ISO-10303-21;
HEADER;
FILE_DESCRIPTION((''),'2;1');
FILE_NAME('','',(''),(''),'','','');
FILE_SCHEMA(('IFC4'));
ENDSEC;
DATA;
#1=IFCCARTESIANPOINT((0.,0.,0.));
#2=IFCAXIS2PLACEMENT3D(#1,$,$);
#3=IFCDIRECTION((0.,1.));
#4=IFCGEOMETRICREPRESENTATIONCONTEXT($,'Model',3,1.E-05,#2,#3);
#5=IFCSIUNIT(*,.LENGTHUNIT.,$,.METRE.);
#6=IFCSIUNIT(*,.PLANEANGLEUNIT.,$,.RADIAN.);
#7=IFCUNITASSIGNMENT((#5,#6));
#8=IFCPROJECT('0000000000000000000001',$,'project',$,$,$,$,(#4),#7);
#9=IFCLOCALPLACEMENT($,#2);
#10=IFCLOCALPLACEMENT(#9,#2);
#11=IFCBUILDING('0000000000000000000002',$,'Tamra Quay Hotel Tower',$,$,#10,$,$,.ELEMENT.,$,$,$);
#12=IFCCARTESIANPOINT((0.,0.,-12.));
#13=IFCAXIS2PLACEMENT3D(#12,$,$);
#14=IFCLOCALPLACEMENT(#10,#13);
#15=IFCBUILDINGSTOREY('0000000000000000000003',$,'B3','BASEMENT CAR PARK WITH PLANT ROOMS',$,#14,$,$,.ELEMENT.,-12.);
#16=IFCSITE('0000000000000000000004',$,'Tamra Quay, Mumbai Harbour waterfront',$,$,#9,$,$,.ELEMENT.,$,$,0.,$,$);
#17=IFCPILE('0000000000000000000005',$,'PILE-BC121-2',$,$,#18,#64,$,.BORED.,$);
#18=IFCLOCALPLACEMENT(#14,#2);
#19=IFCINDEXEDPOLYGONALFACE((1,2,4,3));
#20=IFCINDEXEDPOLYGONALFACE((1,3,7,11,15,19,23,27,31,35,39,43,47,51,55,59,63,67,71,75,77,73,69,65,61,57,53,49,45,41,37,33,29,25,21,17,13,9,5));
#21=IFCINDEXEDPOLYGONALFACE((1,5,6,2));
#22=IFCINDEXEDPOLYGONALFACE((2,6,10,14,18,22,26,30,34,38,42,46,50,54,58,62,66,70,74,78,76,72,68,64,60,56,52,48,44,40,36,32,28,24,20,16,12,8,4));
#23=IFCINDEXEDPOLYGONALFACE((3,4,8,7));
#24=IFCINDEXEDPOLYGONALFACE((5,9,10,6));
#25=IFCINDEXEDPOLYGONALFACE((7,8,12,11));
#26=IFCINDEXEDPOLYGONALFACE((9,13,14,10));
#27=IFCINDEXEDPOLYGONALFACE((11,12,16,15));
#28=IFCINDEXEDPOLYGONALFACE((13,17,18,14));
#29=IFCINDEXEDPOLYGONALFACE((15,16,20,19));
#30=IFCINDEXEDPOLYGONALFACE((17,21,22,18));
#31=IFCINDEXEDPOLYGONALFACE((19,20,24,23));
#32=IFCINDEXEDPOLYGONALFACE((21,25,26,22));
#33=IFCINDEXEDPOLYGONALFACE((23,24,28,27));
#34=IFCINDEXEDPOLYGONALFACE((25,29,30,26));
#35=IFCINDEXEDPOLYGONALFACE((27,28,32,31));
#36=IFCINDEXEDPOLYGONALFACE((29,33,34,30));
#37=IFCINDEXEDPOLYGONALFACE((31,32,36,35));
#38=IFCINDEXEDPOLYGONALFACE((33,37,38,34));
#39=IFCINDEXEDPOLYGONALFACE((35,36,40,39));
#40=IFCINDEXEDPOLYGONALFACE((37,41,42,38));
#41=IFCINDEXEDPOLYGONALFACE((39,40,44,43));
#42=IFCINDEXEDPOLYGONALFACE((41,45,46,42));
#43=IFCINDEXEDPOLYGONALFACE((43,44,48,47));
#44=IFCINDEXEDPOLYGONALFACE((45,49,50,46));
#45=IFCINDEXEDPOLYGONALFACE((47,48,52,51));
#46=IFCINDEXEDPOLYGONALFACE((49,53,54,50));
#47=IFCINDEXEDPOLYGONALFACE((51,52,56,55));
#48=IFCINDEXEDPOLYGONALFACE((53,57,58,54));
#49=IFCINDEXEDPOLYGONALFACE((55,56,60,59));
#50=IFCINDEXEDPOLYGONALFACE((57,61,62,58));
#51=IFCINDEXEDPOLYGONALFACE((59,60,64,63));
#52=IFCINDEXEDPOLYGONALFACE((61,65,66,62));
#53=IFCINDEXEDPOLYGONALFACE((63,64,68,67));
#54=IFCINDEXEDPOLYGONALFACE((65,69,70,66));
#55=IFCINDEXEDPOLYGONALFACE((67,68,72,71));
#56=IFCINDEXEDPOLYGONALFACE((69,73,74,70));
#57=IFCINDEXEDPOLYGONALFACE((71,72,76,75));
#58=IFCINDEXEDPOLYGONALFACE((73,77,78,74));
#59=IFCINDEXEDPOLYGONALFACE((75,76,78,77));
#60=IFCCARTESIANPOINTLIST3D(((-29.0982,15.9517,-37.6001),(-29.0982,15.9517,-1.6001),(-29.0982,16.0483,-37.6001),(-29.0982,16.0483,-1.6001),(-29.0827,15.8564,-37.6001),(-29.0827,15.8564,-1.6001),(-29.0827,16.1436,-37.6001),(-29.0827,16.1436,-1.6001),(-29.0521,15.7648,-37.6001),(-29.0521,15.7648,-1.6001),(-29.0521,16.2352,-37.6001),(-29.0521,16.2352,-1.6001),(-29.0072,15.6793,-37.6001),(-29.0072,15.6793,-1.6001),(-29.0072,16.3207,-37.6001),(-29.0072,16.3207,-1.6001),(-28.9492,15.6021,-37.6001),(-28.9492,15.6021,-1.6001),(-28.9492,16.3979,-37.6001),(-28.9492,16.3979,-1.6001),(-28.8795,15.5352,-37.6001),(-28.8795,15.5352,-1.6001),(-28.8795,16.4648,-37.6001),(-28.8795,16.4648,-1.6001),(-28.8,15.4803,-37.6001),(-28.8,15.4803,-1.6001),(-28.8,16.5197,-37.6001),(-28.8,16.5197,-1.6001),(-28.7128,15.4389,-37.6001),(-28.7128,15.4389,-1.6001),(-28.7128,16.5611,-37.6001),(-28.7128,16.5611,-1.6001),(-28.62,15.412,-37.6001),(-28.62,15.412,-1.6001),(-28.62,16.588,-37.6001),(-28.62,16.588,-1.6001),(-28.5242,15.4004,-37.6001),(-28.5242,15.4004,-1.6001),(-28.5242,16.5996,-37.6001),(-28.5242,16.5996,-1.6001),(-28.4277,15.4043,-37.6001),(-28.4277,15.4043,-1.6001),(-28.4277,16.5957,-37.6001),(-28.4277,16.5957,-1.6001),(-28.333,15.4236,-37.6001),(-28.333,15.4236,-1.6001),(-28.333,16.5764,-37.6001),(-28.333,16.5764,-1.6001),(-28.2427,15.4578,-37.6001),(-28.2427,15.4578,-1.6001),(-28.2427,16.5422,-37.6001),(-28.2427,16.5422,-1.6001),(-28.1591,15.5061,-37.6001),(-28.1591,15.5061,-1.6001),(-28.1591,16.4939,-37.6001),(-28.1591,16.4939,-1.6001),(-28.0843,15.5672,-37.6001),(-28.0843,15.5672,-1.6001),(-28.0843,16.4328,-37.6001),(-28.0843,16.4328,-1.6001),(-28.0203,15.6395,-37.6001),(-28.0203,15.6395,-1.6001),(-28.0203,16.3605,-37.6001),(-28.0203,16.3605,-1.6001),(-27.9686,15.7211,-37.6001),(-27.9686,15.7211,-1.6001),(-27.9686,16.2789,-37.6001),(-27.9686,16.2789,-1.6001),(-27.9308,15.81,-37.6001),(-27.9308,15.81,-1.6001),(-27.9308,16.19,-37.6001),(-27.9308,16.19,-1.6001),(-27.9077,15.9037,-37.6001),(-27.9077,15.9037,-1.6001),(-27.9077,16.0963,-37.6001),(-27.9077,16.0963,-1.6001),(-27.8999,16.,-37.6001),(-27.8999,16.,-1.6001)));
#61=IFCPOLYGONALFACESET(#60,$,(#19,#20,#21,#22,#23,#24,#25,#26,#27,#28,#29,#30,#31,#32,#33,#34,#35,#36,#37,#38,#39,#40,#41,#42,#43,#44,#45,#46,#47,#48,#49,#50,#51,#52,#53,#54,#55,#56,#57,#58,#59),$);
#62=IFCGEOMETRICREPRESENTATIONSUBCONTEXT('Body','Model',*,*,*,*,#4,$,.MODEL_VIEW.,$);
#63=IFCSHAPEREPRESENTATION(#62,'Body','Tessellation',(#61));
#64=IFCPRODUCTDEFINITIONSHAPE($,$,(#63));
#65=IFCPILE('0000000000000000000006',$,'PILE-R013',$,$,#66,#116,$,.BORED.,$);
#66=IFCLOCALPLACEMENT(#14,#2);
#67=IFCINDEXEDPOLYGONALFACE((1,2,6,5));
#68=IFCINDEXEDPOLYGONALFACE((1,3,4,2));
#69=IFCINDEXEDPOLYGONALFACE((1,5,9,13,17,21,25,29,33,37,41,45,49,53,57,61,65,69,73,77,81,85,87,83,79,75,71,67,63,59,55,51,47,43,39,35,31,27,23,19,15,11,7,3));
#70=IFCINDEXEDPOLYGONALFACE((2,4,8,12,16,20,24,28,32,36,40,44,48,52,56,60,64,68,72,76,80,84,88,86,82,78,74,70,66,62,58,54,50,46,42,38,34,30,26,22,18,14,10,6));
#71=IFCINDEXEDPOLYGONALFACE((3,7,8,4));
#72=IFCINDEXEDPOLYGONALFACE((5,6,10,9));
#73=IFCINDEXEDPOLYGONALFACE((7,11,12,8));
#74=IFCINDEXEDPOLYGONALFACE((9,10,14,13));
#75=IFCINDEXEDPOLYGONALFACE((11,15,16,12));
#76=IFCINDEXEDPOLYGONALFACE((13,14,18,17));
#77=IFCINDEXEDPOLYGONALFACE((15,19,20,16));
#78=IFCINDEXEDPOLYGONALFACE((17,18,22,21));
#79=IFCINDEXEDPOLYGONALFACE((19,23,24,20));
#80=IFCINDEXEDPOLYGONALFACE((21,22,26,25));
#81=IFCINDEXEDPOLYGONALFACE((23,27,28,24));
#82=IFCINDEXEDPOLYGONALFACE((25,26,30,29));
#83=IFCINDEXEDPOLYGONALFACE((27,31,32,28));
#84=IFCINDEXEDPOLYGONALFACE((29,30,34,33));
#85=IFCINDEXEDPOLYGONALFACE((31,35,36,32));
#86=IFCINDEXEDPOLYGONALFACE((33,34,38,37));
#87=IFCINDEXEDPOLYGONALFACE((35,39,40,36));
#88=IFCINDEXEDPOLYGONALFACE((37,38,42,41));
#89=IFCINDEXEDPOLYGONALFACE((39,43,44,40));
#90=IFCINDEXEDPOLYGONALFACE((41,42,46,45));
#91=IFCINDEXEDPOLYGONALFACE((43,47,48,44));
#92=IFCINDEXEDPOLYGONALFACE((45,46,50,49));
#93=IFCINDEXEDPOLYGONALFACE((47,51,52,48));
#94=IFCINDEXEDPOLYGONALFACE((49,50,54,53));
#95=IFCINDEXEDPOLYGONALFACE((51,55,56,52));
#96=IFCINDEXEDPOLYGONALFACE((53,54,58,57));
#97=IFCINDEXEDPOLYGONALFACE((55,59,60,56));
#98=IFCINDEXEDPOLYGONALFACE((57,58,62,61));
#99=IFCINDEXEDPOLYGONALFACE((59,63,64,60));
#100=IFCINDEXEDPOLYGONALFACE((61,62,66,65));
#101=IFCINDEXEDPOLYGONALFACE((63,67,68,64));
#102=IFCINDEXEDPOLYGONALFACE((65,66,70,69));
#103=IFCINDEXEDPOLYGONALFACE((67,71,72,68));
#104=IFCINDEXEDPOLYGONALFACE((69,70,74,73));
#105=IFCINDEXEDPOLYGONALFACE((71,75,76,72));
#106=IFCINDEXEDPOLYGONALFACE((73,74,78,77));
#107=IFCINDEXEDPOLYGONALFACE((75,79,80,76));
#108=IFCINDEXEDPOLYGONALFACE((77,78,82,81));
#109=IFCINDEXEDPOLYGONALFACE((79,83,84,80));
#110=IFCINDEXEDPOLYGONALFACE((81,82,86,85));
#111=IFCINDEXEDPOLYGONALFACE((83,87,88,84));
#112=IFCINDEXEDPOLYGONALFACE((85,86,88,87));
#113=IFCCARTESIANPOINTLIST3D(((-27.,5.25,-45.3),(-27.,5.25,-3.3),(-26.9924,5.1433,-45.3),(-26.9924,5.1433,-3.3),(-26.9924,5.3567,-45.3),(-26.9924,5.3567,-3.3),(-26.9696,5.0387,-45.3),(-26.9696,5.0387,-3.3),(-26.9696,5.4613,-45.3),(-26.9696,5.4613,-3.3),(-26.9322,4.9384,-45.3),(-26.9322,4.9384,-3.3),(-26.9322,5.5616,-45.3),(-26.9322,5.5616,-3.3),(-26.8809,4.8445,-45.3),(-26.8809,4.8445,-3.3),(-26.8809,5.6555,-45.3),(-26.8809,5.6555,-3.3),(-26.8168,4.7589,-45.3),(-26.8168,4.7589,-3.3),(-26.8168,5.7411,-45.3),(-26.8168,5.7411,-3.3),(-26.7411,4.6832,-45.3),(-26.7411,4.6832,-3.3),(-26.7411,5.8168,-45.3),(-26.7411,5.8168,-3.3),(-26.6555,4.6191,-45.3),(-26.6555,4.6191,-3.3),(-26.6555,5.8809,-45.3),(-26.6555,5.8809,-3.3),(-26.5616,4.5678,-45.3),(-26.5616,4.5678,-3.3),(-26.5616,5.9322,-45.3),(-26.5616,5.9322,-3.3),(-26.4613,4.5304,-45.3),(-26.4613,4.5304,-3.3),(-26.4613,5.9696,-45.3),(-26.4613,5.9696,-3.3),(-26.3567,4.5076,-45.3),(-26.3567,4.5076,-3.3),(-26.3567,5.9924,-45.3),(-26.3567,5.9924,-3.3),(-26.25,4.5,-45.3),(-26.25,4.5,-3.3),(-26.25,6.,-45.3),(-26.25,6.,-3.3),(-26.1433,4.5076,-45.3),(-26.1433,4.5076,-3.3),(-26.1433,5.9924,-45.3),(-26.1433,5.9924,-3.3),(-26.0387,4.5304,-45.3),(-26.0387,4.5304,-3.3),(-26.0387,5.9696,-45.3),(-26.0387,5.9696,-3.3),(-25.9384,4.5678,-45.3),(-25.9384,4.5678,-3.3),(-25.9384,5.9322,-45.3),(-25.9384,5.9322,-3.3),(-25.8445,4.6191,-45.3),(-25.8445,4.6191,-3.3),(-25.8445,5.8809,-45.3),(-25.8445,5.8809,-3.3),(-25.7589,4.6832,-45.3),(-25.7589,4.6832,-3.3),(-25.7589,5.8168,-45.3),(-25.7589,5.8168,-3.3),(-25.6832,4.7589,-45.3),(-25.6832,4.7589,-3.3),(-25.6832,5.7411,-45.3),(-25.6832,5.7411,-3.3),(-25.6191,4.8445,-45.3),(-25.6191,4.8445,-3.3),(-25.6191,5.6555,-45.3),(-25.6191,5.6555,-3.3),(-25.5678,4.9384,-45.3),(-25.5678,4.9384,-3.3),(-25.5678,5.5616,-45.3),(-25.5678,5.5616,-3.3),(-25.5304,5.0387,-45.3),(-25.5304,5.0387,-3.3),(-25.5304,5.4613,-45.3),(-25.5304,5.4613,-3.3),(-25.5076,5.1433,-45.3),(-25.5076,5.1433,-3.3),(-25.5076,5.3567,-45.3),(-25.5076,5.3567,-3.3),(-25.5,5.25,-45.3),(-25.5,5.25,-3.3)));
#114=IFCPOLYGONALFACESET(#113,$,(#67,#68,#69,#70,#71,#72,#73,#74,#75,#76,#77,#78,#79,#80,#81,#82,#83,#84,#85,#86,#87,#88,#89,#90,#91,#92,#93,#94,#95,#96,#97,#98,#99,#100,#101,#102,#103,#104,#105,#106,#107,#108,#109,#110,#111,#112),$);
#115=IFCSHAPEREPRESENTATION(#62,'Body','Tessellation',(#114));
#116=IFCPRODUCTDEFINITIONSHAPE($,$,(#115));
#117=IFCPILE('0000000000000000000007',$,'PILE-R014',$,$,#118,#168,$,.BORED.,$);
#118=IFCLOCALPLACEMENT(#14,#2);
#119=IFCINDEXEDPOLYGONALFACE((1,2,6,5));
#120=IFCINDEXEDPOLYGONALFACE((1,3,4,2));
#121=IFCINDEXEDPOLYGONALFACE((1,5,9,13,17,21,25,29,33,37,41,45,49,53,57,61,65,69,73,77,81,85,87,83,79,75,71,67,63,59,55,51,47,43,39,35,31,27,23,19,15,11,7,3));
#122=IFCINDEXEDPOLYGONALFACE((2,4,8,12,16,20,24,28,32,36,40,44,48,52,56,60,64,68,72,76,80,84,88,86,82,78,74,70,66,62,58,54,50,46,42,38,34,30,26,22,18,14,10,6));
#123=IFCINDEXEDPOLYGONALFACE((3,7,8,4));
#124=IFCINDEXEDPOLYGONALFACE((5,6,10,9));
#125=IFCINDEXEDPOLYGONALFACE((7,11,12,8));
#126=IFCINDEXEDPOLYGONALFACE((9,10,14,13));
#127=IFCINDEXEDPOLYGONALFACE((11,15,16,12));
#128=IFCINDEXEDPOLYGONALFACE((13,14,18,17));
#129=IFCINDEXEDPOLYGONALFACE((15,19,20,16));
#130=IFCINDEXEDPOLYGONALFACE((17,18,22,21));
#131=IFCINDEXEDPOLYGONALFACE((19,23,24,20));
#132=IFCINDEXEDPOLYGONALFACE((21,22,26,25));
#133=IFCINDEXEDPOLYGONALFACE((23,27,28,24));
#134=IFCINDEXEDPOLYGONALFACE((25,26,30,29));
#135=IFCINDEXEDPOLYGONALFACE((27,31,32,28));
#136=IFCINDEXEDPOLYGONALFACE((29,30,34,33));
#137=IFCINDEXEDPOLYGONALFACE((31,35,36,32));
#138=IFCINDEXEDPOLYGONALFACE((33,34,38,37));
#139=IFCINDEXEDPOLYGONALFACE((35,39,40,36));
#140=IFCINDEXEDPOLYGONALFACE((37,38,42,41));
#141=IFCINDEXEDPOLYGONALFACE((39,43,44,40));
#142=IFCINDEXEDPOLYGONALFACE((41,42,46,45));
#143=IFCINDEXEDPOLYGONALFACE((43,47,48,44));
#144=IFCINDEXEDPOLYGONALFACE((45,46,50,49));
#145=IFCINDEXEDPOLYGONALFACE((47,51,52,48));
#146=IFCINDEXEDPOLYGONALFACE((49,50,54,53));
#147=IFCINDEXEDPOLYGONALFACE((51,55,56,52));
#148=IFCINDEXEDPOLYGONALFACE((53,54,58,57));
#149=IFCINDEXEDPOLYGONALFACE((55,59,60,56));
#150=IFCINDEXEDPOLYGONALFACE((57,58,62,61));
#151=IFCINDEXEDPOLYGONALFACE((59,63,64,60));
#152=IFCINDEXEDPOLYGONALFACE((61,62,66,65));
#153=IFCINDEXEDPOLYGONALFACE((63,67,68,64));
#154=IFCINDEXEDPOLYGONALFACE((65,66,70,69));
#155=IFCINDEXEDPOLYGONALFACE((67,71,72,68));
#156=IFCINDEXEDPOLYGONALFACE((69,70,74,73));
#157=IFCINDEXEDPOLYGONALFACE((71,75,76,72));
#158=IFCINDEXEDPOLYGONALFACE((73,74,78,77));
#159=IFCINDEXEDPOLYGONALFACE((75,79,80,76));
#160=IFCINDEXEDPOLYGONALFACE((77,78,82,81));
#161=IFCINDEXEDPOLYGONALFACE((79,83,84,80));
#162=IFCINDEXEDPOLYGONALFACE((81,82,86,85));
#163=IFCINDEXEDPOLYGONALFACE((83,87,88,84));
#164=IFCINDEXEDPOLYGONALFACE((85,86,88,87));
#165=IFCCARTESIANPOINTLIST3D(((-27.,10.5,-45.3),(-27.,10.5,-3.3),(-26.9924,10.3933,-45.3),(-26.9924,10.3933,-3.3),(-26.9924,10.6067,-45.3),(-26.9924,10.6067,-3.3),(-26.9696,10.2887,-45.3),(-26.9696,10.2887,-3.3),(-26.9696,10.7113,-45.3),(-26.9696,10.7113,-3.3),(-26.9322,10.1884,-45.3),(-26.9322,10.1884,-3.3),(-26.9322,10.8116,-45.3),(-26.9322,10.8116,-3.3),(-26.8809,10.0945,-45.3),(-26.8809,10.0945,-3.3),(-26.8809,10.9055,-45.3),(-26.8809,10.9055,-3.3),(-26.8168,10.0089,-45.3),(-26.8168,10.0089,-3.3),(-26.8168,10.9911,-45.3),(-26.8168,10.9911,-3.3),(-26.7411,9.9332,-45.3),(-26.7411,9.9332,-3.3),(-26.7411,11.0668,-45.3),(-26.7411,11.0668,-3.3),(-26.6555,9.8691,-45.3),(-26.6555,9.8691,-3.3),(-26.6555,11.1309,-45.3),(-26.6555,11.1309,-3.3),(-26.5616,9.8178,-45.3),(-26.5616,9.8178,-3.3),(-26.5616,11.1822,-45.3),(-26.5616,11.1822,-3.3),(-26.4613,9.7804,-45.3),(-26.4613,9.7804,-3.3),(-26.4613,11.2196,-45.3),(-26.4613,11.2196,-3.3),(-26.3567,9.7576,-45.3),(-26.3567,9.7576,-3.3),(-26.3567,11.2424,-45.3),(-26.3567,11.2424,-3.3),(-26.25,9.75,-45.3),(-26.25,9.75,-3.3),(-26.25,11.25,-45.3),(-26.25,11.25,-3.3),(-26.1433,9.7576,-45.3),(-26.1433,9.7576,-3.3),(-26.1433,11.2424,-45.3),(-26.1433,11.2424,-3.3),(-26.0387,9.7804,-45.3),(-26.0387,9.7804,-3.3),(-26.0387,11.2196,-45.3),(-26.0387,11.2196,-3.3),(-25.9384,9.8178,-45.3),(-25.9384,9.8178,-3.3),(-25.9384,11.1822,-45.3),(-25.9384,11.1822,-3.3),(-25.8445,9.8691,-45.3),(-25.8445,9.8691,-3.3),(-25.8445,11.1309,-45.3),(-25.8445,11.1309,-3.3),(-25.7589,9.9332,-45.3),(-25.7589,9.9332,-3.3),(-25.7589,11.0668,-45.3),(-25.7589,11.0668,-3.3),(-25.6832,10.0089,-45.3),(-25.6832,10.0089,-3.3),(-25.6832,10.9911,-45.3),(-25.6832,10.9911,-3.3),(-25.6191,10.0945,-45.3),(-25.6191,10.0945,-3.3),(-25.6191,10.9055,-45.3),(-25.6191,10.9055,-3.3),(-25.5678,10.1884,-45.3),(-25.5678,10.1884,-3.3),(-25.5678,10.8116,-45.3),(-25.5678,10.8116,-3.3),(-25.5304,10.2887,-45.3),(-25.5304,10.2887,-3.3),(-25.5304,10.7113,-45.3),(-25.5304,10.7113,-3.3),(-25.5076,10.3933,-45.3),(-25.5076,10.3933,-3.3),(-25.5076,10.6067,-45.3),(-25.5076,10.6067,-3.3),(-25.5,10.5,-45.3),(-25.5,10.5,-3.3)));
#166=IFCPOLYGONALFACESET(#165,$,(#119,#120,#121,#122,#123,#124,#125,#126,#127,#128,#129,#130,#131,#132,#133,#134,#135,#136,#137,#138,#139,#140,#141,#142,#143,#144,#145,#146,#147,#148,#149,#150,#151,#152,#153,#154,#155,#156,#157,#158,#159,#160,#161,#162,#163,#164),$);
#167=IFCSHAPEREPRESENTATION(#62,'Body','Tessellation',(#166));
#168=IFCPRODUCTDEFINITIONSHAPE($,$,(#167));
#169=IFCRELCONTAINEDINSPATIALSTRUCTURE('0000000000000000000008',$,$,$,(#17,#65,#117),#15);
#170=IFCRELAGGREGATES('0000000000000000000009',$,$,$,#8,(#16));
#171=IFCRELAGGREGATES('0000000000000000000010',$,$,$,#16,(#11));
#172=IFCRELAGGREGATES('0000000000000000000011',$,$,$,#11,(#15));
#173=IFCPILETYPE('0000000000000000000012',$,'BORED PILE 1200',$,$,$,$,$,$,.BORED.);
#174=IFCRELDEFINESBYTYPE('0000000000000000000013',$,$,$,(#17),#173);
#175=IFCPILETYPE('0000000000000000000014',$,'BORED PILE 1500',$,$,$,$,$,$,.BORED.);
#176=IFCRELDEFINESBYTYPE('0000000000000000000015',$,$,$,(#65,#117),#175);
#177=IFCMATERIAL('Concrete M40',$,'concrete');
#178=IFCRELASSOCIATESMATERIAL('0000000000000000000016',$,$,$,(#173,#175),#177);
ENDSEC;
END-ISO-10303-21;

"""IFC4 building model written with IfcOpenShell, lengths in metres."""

from ifc_helpers import new_model, si_unit, direction, frame, origin, origin_2d, place, context, subcontext, project, spatial, circle, extrude, material, material_profile, profile_set, type_object, element, save


model = new_model("IFC4")

# Units and contexts
model_context = context("Model", 3, precision=1e-05, world=origin(), true_north=direction((0.0, 1.0)))
body_context = subcontext(model_context, "Body", "Model", "MODEL_VIEW")
ifc_project = project(units=[si_unit("LENGTHUNIT", "METRE"), si_unit("PLANEANGLEUNIT", "RADIAN")], contexts=[model_context])

# Site, building, storey
site_placement = place(None, origin())
site = spatial("IfcSite", under=ifc_project, at=site_placement, Name="Tamra Quay, Mumbai Harbour waterfront", CompositionType="ELEMENT", RefElevation=0.0)
building_placement = place(site_placement, origin())
building = spatial("IfcBuilding", under=site, at=building_placement, Name="Tamra Quay Hotel Tower", CompositionType="ELEMENT")
storey_placement = place(building_placement, frame((0.0, 0.0, -12.0)))
storey = spatial("IfcBuildingStorey", under=building, at=storey_placement, Name="B3", Description="BASEMENT CAR PARK WITH PLANT ROOMS", CompositionType="ELEMENT", Elevation=-12.0)

# Piles
ifc_material_1 = material(Name="Concrete M40", Category="concrete")
ifc_material_profile_1 = material_profile(ifc_material_1, circle(Radius=0.6001, at=origin_2d()), Name="BORED PILE 1200")
ifc_profile_set_1 = profile_set([ifc_material_profile_1], Name="Concrete M40")
pile_type_1 = type_object("IfcPileType", Name="BORED PILE 1200", PredefinedType="BORED", material=ifc_profile_set_1)
pile_placement = place(storey_placement, frame((-28.5, 16.0, -1.6001), z_axis=(0.0, 0.0, -1.0), x_axis=(1.0, 0.0, 0.0)))
element("IfcPile", 1, at=pile_placement, inside=storey, type_object=pile_type_1, Name="PILE-BC121-2", PredefinedType="BORED", context=body_context, shape_type="SweptSolid", body=[
    extrude(circle(Radius=0.6001, at=origin_2d()), origin(), (0.0, 0.0, 1.0), 36.0),
])
ifc_material_profile_2 = material_profile(ifc_material_1, circle(Radius=0.75, at=origin_2d()), Name="BORED PILE 1500")
ifc_profile_set_2 = profile_set([ifc_material_profile_2], Name="Concrete M40")
pile_type_2 = type_object("IfcPileType", Name="BORED PILE 1500", PredefinedType="BORED", material=ifc_profile_set_2)
for number, where, z_axis, x_axis, name in (
    (2, (-26.25, 5.25, -3.3), (0.0, 0.0, -1.0), (1.0, 0.0, 0.0), "PILE-R013"),
    (3, (-26.25, 10.5, -3.3), (0.0, 0.0, -1.0), (1.0, 0.0, 0.0), "PILE-R014"),
):
    element("IfcPile", number, at=place(storey_placement, frame(where, z_axis=z_axis, x_axis=x_axis)), inside=storey, type_object=pile_type_2, Name=name, PredefinedType="BORED", context=body_context, shape_type="SweptSolid", body=[
        extrude(circle(Radius=0.75, at=origin_2d()), origin(), (0.0, 0.0, 1.0), 42.0),
    ])

save(model, "model.ifc")
